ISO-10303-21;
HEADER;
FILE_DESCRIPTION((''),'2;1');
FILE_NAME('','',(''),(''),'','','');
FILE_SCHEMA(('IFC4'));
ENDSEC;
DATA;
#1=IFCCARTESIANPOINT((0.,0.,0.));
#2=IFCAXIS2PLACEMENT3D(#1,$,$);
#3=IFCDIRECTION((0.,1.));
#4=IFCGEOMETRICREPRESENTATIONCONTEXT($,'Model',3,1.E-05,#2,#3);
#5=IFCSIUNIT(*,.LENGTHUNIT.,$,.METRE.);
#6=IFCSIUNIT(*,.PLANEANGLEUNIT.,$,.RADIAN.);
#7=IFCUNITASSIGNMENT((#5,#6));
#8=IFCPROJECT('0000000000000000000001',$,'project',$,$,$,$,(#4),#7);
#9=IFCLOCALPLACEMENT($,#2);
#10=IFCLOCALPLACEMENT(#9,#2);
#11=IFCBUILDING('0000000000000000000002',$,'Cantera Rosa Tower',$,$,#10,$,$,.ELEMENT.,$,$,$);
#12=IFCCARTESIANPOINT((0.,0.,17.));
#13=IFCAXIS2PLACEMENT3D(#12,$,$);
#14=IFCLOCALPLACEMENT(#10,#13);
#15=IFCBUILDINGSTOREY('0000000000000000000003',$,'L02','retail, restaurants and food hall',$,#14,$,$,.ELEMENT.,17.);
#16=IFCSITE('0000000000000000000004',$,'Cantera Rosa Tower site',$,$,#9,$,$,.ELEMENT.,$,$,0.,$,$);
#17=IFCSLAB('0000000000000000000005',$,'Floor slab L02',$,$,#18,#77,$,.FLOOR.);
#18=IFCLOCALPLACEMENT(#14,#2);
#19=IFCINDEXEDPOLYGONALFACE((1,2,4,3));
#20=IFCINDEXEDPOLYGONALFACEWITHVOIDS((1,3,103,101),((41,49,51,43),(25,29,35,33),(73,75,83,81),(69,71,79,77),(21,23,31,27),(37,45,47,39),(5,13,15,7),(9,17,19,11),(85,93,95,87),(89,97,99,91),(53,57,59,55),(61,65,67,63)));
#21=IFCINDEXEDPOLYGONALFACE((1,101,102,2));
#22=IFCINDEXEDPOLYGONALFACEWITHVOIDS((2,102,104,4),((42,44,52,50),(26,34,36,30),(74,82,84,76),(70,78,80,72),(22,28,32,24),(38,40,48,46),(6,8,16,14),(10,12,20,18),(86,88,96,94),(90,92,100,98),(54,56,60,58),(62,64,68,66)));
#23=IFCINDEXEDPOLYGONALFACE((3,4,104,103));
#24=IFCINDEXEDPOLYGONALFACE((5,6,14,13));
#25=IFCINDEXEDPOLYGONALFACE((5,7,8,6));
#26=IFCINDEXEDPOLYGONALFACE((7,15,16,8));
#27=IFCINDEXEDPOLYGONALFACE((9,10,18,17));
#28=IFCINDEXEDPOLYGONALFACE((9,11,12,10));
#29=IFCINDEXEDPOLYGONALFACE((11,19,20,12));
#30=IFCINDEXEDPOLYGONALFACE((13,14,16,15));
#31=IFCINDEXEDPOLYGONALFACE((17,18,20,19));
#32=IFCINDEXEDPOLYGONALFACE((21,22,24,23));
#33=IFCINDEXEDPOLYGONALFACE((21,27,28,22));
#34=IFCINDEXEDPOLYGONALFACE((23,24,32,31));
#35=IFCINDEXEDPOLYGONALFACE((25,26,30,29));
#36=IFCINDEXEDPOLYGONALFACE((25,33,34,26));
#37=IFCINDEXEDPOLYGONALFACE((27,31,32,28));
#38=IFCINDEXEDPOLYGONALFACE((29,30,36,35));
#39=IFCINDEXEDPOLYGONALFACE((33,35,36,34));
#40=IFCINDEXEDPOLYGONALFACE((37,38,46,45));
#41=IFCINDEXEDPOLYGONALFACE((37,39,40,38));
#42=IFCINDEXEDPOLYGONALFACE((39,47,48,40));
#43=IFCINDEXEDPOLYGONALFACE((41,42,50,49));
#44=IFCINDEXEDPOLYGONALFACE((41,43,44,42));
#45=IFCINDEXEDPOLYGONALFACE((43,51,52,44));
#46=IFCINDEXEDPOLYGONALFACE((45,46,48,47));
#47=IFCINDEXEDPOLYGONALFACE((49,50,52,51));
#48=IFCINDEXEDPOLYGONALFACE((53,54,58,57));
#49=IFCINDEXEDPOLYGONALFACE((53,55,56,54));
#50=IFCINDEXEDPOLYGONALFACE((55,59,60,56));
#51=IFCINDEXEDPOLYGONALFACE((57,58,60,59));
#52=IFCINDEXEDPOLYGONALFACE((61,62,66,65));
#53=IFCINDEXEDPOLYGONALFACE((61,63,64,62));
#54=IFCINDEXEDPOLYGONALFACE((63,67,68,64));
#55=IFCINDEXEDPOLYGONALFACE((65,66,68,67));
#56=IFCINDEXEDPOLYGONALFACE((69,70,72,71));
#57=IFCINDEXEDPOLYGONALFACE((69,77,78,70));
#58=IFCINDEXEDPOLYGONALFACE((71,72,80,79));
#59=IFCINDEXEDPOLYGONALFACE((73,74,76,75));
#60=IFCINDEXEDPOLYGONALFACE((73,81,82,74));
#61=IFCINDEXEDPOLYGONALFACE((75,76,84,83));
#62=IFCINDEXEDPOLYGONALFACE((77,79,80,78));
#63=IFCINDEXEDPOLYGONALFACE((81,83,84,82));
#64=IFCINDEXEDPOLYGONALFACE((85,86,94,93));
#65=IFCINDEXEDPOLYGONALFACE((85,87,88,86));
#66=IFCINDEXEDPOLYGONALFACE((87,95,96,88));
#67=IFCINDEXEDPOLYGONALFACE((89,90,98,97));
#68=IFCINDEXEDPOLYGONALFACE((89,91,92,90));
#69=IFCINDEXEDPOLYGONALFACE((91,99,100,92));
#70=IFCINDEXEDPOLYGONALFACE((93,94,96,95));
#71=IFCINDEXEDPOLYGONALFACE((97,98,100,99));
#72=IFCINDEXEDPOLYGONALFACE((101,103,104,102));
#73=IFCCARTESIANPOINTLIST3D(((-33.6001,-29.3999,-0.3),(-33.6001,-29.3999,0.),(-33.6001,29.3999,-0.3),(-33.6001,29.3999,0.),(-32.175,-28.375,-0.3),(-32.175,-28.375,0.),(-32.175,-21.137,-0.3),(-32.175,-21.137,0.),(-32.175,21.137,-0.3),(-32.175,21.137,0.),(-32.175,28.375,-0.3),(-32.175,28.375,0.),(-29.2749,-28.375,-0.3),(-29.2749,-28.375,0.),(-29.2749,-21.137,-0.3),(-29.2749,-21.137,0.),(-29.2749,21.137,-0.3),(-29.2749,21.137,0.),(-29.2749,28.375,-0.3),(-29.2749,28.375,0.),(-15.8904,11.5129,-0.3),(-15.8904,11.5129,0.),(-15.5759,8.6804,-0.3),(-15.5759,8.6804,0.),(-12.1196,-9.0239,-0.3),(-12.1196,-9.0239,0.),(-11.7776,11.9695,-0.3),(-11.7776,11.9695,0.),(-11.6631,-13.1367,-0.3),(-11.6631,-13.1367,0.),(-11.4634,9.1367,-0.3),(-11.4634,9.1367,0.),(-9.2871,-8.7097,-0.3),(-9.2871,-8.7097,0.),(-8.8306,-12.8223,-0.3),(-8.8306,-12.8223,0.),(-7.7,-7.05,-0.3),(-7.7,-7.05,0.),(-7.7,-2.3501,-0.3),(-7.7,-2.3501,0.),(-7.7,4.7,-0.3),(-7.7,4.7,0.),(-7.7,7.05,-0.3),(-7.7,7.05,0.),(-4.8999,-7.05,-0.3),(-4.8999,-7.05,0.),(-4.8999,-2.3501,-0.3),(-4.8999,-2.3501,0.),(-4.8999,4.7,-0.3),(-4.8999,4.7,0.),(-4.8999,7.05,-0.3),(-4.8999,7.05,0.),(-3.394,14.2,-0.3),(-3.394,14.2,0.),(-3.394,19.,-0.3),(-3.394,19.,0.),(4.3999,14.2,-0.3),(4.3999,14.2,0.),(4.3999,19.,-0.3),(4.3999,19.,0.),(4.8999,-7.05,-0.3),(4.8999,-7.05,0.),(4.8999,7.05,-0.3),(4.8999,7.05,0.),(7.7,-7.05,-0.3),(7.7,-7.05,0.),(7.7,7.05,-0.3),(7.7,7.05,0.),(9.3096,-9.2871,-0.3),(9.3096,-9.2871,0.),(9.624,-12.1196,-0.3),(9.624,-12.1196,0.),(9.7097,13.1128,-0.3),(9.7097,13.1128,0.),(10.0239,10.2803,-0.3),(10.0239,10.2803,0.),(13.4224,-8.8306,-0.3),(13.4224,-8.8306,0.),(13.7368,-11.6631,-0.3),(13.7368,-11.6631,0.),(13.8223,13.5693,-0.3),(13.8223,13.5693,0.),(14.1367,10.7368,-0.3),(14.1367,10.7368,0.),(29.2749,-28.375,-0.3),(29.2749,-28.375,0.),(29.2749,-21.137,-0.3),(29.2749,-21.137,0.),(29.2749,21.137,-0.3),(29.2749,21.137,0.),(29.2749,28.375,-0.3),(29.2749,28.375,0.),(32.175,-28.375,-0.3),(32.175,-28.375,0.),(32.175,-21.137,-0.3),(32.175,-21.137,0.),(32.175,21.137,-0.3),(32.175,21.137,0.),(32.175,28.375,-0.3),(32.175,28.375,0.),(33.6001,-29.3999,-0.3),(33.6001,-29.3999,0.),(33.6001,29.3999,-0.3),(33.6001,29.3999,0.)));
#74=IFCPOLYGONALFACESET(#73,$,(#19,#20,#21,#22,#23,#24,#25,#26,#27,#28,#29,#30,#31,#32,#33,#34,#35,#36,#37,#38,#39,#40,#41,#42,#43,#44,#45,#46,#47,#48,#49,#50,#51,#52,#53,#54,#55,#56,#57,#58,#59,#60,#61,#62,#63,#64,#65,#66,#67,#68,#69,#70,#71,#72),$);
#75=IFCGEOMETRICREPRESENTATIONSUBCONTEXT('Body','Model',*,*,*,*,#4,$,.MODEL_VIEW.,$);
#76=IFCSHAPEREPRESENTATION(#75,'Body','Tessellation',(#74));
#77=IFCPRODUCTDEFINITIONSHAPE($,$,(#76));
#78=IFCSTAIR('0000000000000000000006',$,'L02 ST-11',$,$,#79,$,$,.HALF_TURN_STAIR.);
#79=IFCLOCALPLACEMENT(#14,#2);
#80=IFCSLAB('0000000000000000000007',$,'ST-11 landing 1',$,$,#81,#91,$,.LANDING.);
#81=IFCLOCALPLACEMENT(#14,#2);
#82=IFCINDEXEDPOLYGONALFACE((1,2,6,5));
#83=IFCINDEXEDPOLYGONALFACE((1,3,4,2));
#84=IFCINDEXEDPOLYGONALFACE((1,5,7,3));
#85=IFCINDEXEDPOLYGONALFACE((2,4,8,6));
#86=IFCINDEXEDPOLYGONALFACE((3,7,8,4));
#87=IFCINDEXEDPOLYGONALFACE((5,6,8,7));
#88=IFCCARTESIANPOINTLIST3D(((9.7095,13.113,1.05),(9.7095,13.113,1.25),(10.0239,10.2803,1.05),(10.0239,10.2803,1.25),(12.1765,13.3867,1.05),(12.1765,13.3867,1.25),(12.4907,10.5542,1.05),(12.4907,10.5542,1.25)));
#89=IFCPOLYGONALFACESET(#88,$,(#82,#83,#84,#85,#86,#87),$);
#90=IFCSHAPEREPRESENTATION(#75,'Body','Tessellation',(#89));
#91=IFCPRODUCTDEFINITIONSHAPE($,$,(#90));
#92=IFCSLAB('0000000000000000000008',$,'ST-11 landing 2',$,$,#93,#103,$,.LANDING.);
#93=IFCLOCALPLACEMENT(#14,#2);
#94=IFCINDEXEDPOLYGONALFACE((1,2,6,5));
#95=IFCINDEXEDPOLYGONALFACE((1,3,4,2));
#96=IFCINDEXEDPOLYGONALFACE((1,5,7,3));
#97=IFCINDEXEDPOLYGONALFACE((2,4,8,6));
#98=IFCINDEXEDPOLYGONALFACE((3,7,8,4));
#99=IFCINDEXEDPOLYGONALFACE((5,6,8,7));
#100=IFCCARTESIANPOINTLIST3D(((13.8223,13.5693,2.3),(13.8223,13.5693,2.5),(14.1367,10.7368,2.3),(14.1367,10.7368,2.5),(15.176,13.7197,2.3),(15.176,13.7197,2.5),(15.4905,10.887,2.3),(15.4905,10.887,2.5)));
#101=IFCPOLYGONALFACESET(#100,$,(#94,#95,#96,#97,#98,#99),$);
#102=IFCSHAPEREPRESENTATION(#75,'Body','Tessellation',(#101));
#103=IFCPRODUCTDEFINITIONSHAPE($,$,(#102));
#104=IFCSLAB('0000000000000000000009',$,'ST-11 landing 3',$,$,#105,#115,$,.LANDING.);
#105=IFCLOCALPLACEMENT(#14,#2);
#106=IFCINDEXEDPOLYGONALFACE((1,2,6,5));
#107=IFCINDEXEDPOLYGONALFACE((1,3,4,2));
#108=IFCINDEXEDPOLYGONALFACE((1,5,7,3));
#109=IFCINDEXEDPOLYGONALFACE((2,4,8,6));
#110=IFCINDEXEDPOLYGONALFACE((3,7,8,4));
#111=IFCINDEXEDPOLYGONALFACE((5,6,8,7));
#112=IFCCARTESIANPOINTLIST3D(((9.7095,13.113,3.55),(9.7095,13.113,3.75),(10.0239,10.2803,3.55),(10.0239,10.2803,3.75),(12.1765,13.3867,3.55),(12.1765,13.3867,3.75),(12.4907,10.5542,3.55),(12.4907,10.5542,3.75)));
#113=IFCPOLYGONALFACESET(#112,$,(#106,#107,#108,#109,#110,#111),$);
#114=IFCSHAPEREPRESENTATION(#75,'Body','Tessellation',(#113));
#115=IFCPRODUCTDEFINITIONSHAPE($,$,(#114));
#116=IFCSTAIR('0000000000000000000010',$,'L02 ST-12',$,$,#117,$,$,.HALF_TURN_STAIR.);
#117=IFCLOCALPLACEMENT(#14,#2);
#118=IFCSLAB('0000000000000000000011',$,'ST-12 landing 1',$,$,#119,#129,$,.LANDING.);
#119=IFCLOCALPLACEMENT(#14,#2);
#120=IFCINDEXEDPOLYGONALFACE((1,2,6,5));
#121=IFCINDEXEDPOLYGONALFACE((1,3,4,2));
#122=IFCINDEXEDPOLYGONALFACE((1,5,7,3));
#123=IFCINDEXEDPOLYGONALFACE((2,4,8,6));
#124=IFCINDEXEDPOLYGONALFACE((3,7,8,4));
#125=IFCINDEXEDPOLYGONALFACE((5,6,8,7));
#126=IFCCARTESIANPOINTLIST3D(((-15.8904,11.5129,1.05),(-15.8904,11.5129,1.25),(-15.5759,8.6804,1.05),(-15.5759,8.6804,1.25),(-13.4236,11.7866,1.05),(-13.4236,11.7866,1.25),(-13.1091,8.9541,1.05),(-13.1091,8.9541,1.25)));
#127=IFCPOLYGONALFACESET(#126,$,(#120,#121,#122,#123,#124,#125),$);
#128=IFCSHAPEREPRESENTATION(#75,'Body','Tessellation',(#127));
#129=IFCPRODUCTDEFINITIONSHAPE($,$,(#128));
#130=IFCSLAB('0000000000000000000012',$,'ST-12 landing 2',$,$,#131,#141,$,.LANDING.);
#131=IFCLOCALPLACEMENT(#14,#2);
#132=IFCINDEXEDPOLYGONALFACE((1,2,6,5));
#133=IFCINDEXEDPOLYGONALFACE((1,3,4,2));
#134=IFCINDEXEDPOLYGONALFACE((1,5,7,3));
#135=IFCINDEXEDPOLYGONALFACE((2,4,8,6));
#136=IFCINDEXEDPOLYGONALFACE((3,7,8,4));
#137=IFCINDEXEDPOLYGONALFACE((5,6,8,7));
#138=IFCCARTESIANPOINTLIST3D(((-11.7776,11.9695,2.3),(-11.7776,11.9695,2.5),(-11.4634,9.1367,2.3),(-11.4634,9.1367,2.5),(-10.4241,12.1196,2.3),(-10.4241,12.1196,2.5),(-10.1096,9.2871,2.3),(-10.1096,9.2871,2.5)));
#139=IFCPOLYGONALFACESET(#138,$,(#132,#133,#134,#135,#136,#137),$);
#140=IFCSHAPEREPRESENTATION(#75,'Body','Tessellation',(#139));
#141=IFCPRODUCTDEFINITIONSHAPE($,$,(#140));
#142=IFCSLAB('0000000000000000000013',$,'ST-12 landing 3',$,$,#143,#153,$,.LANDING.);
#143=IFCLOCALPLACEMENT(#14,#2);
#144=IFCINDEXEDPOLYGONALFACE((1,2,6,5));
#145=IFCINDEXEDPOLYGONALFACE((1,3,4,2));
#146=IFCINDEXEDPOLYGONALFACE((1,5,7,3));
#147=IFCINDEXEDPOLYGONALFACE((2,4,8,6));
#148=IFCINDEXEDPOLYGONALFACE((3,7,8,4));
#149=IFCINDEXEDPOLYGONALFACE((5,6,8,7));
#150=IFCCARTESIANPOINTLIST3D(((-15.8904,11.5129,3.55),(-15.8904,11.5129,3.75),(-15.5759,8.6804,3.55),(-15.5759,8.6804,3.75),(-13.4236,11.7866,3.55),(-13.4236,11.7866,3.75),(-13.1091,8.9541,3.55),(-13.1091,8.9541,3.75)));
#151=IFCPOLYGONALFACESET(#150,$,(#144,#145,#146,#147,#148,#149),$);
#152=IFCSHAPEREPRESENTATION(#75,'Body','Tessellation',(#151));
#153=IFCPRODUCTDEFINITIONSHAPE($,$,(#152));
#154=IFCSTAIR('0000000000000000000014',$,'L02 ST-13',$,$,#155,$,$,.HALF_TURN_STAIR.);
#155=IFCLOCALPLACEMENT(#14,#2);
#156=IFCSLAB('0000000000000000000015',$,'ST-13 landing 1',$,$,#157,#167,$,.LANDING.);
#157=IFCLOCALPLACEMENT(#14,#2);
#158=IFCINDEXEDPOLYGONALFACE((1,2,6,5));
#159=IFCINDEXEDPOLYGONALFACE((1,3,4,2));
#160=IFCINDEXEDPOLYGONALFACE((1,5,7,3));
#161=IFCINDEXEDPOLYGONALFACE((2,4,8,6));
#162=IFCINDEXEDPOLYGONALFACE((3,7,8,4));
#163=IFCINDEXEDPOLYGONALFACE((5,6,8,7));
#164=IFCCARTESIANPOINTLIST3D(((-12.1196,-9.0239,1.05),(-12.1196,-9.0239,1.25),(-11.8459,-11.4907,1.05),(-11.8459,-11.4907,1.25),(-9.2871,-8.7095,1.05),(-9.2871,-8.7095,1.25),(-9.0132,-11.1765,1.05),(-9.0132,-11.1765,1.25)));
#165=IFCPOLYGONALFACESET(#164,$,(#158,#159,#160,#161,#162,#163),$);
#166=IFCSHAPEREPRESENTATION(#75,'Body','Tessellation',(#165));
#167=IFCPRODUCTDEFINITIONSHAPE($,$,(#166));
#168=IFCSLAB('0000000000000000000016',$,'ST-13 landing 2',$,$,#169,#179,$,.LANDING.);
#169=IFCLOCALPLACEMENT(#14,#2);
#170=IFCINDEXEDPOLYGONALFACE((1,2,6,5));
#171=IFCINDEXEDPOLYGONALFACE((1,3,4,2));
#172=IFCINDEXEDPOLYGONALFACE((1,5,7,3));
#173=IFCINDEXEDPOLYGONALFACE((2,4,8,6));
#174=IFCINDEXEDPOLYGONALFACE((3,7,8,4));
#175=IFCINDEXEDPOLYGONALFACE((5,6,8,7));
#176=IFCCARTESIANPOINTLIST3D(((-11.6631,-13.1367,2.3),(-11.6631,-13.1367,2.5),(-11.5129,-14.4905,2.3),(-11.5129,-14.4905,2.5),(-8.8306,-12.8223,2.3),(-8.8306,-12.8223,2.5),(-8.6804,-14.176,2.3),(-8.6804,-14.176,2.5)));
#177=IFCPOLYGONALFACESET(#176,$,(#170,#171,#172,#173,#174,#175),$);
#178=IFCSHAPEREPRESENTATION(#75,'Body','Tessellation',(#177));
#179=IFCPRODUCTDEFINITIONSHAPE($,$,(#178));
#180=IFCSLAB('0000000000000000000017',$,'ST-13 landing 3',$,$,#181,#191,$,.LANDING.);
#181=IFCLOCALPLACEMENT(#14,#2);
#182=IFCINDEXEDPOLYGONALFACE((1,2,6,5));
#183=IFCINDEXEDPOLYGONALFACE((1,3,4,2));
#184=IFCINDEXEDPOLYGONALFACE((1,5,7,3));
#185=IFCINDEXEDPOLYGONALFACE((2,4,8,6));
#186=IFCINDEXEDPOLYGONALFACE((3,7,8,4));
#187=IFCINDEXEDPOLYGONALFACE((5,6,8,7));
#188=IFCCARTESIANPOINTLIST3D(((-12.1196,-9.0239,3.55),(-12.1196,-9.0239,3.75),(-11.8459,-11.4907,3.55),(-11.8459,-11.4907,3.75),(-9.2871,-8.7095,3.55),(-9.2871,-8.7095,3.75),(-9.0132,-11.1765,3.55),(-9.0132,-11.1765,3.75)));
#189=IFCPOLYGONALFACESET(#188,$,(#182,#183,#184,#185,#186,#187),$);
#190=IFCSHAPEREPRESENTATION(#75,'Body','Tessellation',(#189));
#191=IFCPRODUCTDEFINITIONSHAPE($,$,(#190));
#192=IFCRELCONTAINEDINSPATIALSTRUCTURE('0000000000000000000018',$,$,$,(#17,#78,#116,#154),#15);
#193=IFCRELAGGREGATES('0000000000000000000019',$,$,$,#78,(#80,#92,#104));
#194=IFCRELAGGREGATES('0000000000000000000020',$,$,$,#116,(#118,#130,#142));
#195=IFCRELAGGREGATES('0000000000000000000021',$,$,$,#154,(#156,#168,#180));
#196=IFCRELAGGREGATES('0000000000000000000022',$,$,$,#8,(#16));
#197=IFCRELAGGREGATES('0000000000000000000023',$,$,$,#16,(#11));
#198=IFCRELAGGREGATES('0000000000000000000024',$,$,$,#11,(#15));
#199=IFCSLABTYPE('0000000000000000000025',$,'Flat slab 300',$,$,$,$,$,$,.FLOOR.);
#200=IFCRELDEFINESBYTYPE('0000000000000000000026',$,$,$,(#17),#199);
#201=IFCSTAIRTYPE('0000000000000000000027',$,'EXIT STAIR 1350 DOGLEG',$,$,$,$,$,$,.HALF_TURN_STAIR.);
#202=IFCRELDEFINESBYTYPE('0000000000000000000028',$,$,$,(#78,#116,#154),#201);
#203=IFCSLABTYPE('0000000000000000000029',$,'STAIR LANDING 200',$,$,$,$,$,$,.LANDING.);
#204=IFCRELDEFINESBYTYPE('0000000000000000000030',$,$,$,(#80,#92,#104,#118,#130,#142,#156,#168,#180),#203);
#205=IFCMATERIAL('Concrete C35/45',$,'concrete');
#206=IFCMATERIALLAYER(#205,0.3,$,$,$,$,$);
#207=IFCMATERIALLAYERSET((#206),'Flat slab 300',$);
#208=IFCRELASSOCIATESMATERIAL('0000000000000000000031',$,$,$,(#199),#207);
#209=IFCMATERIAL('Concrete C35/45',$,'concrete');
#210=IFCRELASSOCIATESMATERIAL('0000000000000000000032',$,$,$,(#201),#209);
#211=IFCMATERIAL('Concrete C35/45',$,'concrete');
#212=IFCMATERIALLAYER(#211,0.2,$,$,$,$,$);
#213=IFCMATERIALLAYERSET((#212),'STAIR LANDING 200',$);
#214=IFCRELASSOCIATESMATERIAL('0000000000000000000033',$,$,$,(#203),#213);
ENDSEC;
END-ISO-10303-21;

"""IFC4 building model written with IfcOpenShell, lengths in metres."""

from ifc_helpers import new_model, si_unit, direction, frame, origin, place, context, subcontext, project, spatial, polyline, outline, extrude, material, layer, layer_set, type_object, element, aggregate, save


model = new_model("IFC4")

# Units and contexts
model_context = context("Model", 3, precision=1e-05, world=origin(), true_north=direction((0.0, 1.0)))
body_context = subcontext(model_context, "Body", "Model", "MODEL_VIEW")
ifc_project = project(units=[si_unit("LENGTHUNIT", "METRE"), si_unit("PLANEANGLEUNIT", "RADIAN")], contexts=[model_context])

# Site, building, storey
site_placement = place(None, origin())
site = spatial("IfcSite", under=ifc_project, at=site_placement, Name="Cantera Rosa Tower site", CompositionType="ELEMENT", RefElevation=0.0)
building_placement = place(site_placement, origin())
building = spatial("IfcBuilding", under=site, at=building_placement, Name="Cantera Rosa Tower", CompositionType="ELEMENT")
storey_placement = place(building_placement, frame((0.0, 0.0, 17.0)))
storey = spatial("IfcBuildingStorey", under=building, at=storey_placement, Name="L02", Description="retail, restaurants and food hall", CompositionType="ELEMENT", Elevation=17.0)

# Slab
ifc_material_1 = material(Name="Concrete C35/45", Category="concrete")
ifc_layer_1 = layer(ifc_material_1, 0.3)
ifc_layer_set_1 = layer_set([ifc_layer_1], Name="Flat slab 300")
slab_type_1 = type_object("IfcSlabType", Name="Flat slab 300", PredefinedType="FLOOR", material=ifc_layer_set_1)
slab_1_placement = place(storey_placement, frame((0.0, 0.0, -0.3)))
element("IfcSlab", 1, at=slab_1_placement, inside=storey, type_object=slab_type_1, Name="Floor slab L02", PredefinedType="FLOOR", context=body_context, shape_type="SweptSolid", body=[
    extrude(outline(polyline([(-33.6001, -29.3999), (33.6001, -29.3999), (33.6001, 29.3999), (-33.6001, 29.3999), (-33.6001, -29.3999)]), holes=[polyline([(29.2749, -28.375), (32.175, -28.375), (32.175, -21.137), (29.2749, -21.137), (29.2749, -28.375)]), polyline([(32.175, 21.137), (32.175, 28.375), (29.2749, 28.375), (29.2749, 21.137), (32.175, 21.137)]), polyline([(13.8223, 13.5693), (9.7097, 13.1128), (10.0239, 10.2803), (14.1367, 10.7368), (13.8223, 13.5693)]), polyline([(9.3096, -9.2871), (9.624, -12.1196), (13.7368, -11.6631), (13.4224, -8.8306), (9.3096, -9.2871)]), polyline([(4.8999, -7.05), (7.7, -7.05), (7.7, 7.05), (4.8999, 7.05), (4.8999, -7.05)]), polyline([(4.3999, 14.2), (4.3999, 19.0), (-3.394, 19.0), (-3.394, 14.2), (4.3999, 14.2)]), polyline([(-7.7, -7.05), (-4.8999, -7.05), (-4.8999, -2.3501), (-7.7, -2.3501), (-7.7, -7.05)]), polyline([(-4.8999, 7.05), (-7.7, 7.05), (-7.7, 4.7), (-4.8999, 4.7), (-4.8999, 7.05)]), polyline([(-9.2871, -8.7097), (-12.1196, -9.0239), (-11.6631, -13.1367), (-8.8306, -12.8223), (-9.2871, -8.7097)]), polyline([(-15.8904, 11.5129), (-15.5759, 8.6804), (-11.4634, 9.1367), (-11.7776, 11.9695), (-15.8904, 11.5129)]), polyline([(-32.175, -28.375), (-29.2749, -28.375), (-29.2749, -21.137), (-32.175, -21.137), (-32.175, -28.375)]), polyline([(-29.2749, 21.137), (-29.2749, 28.375), (-32.175, 28.375), (-32.175, 21.137), (-29.2749, 21.137)])]), origin(), (0.0, 0.0, 1.0), 0.3),
])

# Stairs, slabs
ifc_material_2 = material(Name="Concrete C35/45", Category="concrete")
stair_type = type_object("IfcStairType", Name="EXIT STAIR 1350 DOGLEG", PredefinedType="HALF_TURN_STAIR", material=ifc_material_2)
stair_1_placement = place(storey_placement, origin())
stair_1 = element("IfcStair", 2, at=stair_1_placement, inside=storey, type_object=stair_type, Name="L02 ST-11", PredefinedType="HALF_TURN_STAIR")
ifc_material_3 = material(Name="Concrete C35/45", Category="concrete")
ifc_layer_2 = layer(ifc_material_3, 0.2)
ifc_layer_set_2 = layer_set([ifc_layer_2], Name="STAIR LANDING 200")
slab_type_2 = type_object("IfcSlabType", Name="STAIR LANDING 200", PredefinedType="LANDING", material=ifc_layer_set_2)
slab_2_placement = place(storey_placement, frame((0.0, 0.0, 1.05)))
slab_2 = element("IfcSlab", 3, at=slab_2_placement, type_object=slab_type_2, Name="ST-11 landing 1", PredefinedType="LANDING", context=body_context, shape_type="SweptSolid", body=[
    extrude(outline(polyline([(12.1765, 13.3867), (9.7095, 13.113), (10.0239, 10.2803), (12.4907, 10.5542), (12.1765, 13.3867)])), origin(), (0.0, 0.0, 1.0), 0.2),
])
slab_3_placement = place(storey_placement, frame((0.0, 0.0, 2.3)))
slab_3 = element("IfcSlab", 4, at=slab_3_placement, type_object=slab_type_2, Name="ST-11 landing 2", PredefinedType="LANDING", context=body_context, shape_type="SweptSolid", body=[
    extrude(outline(polyline([(15.176, 13.7197), (13.8223, 13.5693), (14.1367, 10.7368), (15.4905, 10.887), (15.176, 13.7197)])), origin(), (0.0, 0.0, 1.0), 0.2),
])
slab_4_placement = place(storey_placement, frame((0.0, 0.0, 3.55)))
slab_4 = element("IfcSlab", 5, at=slab_4_placement, type_object=slab_type_2, Name="ST-11 landing 3", PredefinedType="LANDING", context=body_context, shape_type="SweptSolid", body=[
    extrude(outline(polyline([(12.1765, 13.3867), (9.7095, 13.113), (10.0239, 10.2803), (12.4907, 10.5542), (12.1765, 13.3867)])), origin(), (0.0, 0.0, 1.0), 0.2),
])
aggregate(stair_1, [slab_2, slab_3, slab_4])
stair_2_placement = place(storey_placement, origin())
stair_2 = element("IfcStair", 6, at=stair_2_placement, inside=storey, type_object=stair_type, Name="L02 ST-12", PredefinedType="HALF_TURN_STAIR")
slab_5_placement = place(storey_placement, frame((0.0, 0.0, 1.05)))
slab_5 = element("IfcSlab", 7, at=slab_5_placement, type_object=slab_type_2, Name="ST-12 landing 1", PredefinedType="LANDING", context=body_context, shape_type="SweptSolid", body=[
    extrude(outline(polyline([(-13.4236, 11.7866), (-15.8904, 11.5129), (-15.5759, 8.6804), (-13.1091, 8.9541), (-13.4236, 11.7866)])), origin(), (0.0, 0.0, 1.0), 0.2),
])
slab_6_placement = place(storey_placement, frame((0.0, 0.0, 2.3)))
slab_6 = element("IfcSlab", 8, at=slab_6_placement, type_object=slab_type_2, Name="ST-12 landing 2", PredefinedType="LANDING", context=body_context, shape_type="SweptSolid", body=[
    extrude(outline(polyline([(-10.4241, 12.1196), (-11.7776, 11.9695), (-11.4634, 9.1367), (-10.1096, 9.2871), (-10.4241, 12.1196)])), origin(), (0.0, 0.0, 1.0), 0.2),
])
slab_7_placement = place(storey_placement, frame((0.0, 0.0, 3.55)))
slab_7 = element("IfcSlab", 9, at=slab_7_placement, type_object=slab_type_2, Name="ST-12 landing 3", PredefinedType="LANDING", context=body_context, shape_type="SweptSolid", body=[
    extrude(outline(polyline([(-13.4236, 11.7866), (-15.8904, 11.5129), (-15.5759, 8.6804), (-13.1091, 8.9541), (-13.4236, 11.7866)])), origin(), (0.0, 0.0, 1.0), 0.2),
])
aggregate(stair_2, [slab_5, slab_6, slab_7])
stair_3_placement = place(storey_placement, origin())
stair_3 = element("IfcStair", 10, at=stair_3_placement, inside=storey, type_object=stair_type, Name="L02 ST-13", PredefinedType="HALF_TURN_STAIR")
slab_8_placement = place(storey_placement, frame((0.0, 0.0, 1.05)))
slab_8 = element("IfcSlab", 11, at=slab_8_placement, type_object=slab_type_2, Name="ST-13 landing 1", PredefinedType="LANDING", context=body_context, shape_type="SweptSolid", body=[
    extrude(outline(polyline([(-9.0132, -11.1765), (-9.2871, -8.7095), (-12.1196, -9.0239), (-11.8459, -11.4907), (-9.0132, -11.1765)])), origin(), (0.0, 0.0, 1.0), 0.2),
])
slab_9_placement = place(storey_placement, frame((0.0, 0.0, 2.3)))
slab_9 = element("IfcSlab", 12, at=slab_9_placement, type_object=slab_type_2, Name="ST-13 landing 2", PredefinedType="LANDING", context=body_context, shape_type="SweptSolid", body=[
    extrude(outline(polyline([(-8.6804, -14.176), (-8.8306, -12.8223), (-11.6631, -13.1367), (-11.5129, -14.4905), (-8.6804, -14.176)])), origin(), (0.0, 0.0, 1.0), 0.2),
])
slab_10_placement = place(storey_placement, frame((0.0, 0.0, 3.55)))
slab_10 = element("IfcSlab", 13, at=slab_10_placement, type_object=slab_type_2, Name="ST-13 landing 3", PredefinedType="LANDING", context=body_context, shape_type="SweptSolid", body=[
    extrude(outline(polyline([(-9.0132, -11.1765), (-9.2871, -8.7095), (-12.1196, -9.0239), (-11.8459, -11.4907), (-9.0132, -11.1765)])), origin(), (0.0, 0.0, 1.0), 0.2),
])
aggregate(stair_3, [slab_8, slab_9, slab_10])

save(model, "model.ifc")
